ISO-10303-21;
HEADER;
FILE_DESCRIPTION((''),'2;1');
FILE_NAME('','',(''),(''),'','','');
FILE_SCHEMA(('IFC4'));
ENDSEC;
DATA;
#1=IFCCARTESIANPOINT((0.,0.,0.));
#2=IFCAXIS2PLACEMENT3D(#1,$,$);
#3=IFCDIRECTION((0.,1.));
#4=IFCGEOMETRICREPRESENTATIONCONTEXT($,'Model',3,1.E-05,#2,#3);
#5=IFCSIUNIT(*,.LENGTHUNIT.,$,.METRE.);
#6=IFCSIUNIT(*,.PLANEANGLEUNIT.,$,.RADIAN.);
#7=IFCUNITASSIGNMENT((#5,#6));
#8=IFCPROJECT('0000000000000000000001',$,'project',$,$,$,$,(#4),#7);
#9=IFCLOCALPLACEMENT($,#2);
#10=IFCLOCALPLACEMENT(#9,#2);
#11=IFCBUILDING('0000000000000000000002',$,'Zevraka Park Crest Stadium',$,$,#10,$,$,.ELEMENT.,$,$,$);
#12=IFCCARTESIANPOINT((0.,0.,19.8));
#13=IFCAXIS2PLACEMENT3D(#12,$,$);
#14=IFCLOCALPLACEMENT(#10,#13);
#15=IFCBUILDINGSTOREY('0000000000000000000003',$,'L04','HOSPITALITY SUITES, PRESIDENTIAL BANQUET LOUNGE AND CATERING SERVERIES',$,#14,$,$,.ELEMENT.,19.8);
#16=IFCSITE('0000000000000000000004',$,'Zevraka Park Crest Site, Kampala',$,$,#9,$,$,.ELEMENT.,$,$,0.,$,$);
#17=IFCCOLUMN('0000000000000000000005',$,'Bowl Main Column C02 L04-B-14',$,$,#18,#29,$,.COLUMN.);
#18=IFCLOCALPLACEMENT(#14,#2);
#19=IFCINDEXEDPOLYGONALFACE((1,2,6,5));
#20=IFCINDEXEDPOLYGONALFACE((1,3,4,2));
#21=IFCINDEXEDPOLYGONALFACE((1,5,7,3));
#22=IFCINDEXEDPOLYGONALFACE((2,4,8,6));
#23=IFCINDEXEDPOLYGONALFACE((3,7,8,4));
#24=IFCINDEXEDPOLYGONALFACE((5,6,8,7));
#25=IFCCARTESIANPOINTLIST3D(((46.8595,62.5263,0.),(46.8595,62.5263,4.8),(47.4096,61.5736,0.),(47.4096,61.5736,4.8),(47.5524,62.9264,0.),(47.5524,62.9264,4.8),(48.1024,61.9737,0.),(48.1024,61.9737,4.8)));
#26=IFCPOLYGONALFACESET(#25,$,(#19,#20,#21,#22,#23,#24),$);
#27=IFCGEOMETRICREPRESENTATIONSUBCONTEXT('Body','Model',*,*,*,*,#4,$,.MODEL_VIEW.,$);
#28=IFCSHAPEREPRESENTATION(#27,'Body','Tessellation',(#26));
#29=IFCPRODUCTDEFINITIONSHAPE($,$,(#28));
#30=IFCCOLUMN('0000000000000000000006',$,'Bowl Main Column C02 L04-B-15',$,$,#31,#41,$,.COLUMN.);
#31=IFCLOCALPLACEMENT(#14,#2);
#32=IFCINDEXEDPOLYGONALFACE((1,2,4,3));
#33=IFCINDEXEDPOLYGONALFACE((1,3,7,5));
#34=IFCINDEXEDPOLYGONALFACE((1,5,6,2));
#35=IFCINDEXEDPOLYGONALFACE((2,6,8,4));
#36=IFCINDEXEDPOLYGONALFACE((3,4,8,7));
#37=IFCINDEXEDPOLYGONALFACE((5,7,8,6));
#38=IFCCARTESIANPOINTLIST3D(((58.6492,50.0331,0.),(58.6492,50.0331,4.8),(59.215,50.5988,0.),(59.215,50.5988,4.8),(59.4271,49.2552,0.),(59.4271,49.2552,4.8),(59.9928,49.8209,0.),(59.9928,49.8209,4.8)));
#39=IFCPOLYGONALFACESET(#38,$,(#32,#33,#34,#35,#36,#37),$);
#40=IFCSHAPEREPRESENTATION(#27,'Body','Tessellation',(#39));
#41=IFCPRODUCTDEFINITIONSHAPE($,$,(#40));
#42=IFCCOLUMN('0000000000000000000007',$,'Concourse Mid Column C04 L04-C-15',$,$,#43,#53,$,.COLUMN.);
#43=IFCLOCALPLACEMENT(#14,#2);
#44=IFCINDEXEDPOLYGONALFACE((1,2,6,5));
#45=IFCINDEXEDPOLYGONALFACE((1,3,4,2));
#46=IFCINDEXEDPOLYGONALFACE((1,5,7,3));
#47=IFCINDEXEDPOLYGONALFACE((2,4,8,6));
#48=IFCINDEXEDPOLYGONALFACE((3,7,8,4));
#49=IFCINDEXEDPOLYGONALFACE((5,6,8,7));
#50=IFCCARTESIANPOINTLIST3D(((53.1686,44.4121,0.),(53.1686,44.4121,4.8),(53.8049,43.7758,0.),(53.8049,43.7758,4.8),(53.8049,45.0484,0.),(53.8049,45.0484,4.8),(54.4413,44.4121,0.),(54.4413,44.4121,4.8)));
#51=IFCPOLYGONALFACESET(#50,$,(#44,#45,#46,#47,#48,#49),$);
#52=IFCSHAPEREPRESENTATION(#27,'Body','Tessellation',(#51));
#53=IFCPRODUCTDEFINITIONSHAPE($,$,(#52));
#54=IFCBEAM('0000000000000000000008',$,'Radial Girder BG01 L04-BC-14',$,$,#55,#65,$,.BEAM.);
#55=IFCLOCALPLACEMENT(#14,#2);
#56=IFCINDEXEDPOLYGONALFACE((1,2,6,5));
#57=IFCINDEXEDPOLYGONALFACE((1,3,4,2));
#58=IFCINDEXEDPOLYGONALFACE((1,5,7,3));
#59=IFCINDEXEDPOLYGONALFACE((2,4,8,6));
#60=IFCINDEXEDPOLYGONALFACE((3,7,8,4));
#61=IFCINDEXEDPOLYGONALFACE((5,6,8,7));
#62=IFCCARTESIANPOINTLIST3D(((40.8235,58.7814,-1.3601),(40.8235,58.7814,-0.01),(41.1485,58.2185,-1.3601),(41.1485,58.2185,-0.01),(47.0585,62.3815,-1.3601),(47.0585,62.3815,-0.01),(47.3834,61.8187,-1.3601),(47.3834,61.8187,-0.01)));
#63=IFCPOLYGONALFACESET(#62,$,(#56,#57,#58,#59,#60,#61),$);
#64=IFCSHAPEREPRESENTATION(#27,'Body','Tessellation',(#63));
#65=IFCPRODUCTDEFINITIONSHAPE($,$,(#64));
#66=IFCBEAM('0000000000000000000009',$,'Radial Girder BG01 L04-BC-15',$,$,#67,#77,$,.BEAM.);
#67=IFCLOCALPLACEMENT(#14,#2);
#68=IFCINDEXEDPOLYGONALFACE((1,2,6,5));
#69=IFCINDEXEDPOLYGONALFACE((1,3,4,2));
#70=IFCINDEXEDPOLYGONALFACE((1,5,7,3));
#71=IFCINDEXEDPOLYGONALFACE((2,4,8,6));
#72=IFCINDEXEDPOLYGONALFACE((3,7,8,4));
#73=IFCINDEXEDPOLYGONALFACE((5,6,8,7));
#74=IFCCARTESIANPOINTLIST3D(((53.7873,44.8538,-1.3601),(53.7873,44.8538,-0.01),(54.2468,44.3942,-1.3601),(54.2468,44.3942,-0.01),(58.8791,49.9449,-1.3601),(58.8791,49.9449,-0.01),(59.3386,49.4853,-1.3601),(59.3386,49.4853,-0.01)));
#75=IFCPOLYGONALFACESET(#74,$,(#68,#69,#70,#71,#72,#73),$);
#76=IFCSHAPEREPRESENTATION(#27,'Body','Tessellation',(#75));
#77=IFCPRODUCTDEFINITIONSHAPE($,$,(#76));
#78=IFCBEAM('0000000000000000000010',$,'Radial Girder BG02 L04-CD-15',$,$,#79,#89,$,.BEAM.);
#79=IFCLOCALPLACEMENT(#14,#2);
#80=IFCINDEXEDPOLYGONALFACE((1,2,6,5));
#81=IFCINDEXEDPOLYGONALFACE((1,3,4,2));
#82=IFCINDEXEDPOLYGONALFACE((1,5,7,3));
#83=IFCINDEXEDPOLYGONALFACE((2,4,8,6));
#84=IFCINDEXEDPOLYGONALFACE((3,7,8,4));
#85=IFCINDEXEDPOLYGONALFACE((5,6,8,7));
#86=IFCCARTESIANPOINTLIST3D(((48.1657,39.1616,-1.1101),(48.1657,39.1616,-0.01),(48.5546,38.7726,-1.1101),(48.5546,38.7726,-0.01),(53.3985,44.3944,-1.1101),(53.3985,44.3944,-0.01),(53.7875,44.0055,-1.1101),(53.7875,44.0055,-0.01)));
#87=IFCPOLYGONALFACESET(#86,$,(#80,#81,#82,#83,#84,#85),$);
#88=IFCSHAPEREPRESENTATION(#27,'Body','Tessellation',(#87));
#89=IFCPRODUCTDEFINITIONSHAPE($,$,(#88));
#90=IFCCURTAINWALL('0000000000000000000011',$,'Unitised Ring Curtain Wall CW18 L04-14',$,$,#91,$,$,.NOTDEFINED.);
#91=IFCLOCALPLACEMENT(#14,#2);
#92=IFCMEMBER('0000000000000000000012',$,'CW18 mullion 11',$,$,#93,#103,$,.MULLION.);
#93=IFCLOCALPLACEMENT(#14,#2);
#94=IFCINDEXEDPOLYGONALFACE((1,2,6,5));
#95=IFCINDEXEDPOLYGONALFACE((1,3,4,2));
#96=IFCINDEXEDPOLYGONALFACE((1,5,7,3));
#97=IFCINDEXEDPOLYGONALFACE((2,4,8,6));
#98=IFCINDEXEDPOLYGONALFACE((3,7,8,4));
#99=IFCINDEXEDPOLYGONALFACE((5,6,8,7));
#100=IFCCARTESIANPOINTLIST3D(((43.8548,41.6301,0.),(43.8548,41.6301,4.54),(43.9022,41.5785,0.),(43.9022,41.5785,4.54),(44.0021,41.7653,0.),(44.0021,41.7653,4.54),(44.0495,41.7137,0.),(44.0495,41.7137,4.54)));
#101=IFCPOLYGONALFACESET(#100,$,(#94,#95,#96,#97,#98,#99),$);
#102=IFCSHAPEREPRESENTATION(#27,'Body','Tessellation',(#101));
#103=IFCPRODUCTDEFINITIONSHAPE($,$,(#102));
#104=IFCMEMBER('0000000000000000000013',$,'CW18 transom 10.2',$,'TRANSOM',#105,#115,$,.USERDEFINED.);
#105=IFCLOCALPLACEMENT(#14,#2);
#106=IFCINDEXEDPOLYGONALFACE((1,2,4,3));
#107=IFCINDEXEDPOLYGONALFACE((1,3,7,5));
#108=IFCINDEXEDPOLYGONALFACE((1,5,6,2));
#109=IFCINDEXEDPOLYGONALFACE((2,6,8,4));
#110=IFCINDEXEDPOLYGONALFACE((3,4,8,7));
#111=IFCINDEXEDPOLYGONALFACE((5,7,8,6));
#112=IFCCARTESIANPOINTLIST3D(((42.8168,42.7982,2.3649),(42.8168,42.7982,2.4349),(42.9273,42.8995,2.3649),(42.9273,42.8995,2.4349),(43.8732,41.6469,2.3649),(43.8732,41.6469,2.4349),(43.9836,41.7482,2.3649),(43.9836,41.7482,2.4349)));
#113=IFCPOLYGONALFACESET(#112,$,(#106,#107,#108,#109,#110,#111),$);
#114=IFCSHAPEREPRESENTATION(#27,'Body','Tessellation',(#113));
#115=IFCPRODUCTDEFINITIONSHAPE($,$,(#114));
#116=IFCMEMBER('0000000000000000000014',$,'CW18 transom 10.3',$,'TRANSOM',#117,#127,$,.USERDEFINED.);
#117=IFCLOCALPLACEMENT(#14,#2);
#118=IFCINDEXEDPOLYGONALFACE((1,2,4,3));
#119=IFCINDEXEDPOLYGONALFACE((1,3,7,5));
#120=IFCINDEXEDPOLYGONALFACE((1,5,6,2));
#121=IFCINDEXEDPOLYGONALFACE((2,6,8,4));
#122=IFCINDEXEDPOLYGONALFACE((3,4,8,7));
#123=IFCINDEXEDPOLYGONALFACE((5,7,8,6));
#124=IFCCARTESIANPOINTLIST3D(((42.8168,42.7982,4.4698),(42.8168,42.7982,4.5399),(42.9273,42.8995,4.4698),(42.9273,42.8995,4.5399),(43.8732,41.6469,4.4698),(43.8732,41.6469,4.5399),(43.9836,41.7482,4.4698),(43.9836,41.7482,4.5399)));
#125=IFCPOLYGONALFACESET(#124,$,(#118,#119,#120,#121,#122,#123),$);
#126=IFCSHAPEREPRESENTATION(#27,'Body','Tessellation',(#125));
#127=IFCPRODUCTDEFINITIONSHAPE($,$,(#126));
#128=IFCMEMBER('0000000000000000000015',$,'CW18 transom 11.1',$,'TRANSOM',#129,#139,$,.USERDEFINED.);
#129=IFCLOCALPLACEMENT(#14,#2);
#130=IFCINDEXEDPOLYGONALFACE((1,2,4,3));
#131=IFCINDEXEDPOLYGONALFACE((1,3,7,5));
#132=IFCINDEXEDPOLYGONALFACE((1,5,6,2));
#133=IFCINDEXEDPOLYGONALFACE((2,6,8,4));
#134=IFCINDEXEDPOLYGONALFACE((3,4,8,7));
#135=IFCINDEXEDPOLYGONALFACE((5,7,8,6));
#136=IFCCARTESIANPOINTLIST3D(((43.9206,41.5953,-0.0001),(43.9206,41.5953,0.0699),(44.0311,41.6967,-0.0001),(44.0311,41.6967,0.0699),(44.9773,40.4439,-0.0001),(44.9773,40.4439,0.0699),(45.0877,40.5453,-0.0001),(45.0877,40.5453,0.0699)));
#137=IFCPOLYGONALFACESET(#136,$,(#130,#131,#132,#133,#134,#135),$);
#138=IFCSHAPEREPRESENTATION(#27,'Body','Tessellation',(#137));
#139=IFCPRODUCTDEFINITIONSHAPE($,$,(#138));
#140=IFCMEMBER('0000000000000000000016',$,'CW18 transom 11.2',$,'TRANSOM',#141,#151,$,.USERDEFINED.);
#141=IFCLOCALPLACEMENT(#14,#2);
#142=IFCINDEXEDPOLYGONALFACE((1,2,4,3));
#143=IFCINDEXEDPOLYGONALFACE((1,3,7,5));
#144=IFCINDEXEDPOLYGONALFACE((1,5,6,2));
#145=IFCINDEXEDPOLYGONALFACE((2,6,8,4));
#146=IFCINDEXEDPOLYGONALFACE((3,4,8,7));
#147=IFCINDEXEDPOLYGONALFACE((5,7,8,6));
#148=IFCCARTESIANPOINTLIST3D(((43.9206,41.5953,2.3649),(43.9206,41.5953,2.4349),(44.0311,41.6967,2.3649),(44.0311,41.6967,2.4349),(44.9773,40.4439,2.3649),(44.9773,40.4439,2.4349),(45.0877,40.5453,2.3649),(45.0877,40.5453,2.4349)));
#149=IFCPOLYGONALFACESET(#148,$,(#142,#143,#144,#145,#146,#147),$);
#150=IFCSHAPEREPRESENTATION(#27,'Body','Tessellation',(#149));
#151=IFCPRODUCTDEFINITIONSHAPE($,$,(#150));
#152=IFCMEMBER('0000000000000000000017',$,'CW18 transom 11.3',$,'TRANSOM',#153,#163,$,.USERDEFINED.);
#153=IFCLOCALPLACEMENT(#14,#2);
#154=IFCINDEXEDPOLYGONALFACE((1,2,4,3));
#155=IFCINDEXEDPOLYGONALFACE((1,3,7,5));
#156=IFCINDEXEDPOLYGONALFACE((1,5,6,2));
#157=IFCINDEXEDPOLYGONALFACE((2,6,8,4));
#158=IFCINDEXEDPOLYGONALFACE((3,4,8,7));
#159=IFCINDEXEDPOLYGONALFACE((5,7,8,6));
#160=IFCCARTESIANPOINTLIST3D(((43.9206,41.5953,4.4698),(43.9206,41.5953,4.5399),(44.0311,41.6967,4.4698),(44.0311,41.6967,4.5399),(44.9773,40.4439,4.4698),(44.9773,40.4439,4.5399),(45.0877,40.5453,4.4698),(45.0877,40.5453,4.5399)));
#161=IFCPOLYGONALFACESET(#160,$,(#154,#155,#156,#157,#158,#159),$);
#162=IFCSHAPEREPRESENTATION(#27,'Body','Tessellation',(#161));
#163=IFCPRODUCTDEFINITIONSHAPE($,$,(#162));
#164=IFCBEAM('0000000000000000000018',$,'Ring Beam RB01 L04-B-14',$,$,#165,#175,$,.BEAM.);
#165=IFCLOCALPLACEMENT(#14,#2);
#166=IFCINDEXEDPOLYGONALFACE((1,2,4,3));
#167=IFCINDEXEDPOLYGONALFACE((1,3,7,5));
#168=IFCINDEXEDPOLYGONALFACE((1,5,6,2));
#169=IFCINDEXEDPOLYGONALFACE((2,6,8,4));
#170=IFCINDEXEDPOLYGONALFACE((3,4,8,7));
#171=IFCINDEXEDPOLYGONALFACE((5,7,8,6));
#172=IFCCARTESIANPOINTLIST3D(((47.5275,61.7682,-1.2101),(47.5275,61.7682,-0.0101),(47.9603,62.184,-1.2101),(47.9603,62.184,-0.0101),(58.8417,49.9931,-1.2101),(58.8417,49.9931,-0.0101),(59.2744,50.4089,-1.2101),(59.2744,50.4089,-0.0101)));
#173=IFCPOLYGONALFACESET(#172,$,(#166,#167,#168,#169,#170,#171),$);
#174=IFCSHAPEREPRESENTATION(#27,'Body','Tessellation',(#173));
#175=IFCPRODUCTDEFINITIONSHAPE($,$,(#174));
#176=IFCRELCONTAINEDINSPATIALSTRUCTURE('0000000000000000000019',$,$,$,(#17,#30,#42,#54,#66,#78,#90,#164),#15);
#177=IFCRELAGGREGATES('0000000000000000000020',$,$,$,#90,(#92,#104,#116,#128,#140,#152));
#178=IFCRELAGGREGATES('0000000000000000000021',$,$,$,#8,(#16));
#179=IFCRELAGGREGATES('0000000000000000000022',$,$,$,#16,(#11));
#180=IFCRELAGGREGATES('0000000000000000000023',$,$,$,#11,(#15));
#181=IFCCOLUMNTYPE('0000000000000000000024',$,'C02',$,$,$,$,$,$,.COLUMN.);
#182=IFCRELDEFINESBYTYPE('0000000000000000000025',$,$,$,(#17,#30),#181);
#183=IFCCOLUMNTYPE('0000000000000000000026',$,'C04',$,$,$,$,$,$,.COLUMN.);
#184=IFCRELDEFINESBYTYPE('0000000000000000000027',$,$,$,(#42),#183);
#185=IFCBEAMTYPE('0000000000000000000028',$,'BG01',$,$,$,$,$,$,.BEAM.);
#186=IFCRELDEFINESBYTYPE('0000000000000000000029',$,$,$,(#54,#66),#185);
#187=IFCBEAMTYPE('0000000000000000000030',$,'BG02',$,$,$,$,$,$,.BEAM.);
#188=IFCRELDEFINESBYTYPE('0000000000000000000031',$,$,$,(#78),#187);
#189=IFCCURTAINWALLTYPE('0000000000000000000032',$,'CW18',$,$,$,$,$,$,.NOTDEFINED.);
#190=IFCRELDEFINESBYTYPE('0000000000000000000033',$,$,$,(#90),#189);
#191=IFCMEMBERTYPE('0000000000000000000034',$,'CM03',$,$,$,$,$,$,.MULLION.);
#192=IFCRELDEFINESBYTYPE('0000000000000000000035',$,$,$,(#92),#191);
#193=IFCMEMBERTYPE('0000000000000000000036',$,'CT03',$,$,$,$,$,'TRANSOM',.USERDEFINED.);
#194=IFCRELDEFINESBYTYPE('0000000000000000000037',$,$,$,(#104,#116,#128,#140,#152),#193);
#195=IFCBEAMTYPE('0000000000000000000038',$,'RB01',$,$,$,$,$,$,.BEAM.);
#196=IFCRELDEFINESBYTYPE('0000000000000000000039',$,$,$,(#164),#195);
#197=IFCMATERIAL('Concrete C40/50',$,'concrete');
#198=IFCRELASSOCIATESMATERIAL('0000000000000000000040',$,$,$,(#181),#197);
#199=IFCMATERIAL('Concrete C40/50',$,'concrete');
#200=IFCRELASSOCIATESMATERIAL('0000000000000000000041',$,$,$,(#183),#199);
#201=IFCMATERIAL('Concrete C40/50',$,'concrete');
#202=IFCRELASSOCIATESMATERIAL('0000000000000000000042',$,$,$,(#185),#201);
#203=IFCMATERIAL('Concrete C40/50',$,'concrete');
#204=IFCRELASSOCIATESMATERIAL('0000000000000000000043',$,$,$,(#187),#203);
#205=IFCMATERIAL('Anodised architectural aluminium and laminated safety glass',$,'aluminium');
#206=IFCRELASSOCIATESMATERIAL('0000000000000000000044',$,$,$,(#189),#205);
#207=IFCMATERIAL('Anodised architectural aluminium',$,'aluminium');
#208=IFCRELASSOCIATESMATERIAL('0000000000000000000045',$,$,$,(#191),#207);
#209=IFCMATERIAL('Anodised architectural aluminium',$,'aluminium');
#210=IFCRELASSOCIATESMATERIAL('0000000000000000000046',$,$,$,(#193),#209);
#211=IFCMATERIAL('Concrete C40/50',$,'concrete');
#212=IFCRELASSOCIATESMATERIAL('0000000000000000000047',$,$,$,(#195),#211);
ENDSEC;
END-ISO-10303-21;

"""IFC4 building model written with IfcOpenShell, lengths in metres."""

from ifc_helpers import new_model, si_unit, direction, frame, origin, origin_2d, place, context, subcontext, project, spatial, rectangle, extrude, material, material_profile, profile_set, type_object, element, aggregate, save


model = new_model("IFC4")

# Units and contexts
model_context = context("Model", 3, precision=1e-05, world=origin(), true_north=direction((0.0, 1.0)))
body_context = subcontext(model_context, "Body", "Model", "MODEL_VIEW")
ifc_project = project(units=[si_unit("LENGTHUNIT", "METRE"), si_unit("PLANEANGLEUNIT", "RADIAN")], contexts=[model_context])

# Site, building, storey
site_placement = place(None, origin())
site = spatial("IfcSite", under=ifc_project, at=site_placement, Name="Zevraka Park Crest Site, Kampala", CompositionType="ELEMENT", RefElevation=0.0)
building_placement = place(site_placement, origin())
building = spatial("IfcBuilding", under=site, at=building_placement, Name="Zevraka Park Crest Stadium", CompositionType="ELEMENT")
storey_placement = place(building_placement, frame((0.0, 0.0, 19.8)))
storey = spatial("IfcBuildingStorey", under=building, at=storey_placement, Name="L04", Description="HOSPITALITY SUITES, PRESIDENTIAL BANQUET LOUNGE AND CATERING SERVERIES", CompositionType="ELEMENT", Elevation=19.8)

# Columns
ifc_material_1 = material(Name="Concrete C40/50", Category="concrete")
ifc_material_profile_1 = material_profile(ifc_material_1, rectangle(XDim=0.8, YDim=1.1001, at=origin_2d()), Name="RC 1100x800")
ifc_profile_set_1 = profile_set([ifc_material_profile_1], Name="Concrete C40/50")
column_type_1 = type_object("IfcColumnType", Name="C02", PredefinedType="COLUMN", material=ifc_profile_set_1)
for number, where, z_axis, x_axis, name in (
    (1, (47.481, 62.25, 0.0), (0.0, 0.0, 1.0), (0.866025, 0.5, 0.0), "Bowl Main Column C02 L04-B-14"),
    (2, (59.321, 49.927, 0.0), (0.0, 0.0, 1.0), (0.707107, 0.707107, 0.0), "Bowl Main Column C02 L04-B-15"),
):
    element("IfcColumn", number, at=place(storey_placement, frame(where, z_axis=z_axis, x_axis=x_axis)), inside=storey, type_object=column_type_1, Name=name, PredefinedType="COLUMN", context=body_context, shape_type="SweptSolid", body=[
        extrude(rectangle(XDim=0.8, YDim=1.1001, at=origin_2d()), origin(), (0.0, 0.0, 1.0), 4.8),
    ])
ifc_material_2 = material(Name="Concrete C40/50", Category="concrete")
ifc_material_profile_2 = material_profile(ifc_material_2, rectangle(XDim=0.8999, YDim=0.8999, at=origin_2d()), Name="RC 900x900")
ifc_profile_set_2 = profile_set([ifc_material_profile_2], Name="Concrete C40/50")
column_type_2 = type_object("IfcColumnType", Name="C04", PredefinedType="COLUMN", material=ifc_profile_set_2)
column_placement = place(storey_placement, frame((53.8049, 44.4121, 0.0), z_axis=(0.0, 0.0, 1.0), x_axis=(0.707107, 0.707107, 0.0)))
element("IfcColumn", 3, at=column_placement, inside=storey, type_object=column_type_2, Name="Concourse Mid Column C04 L04-C-15", PredefinedType="COLUMN", context=body_context, shape_type="SweptSolid", body=[
    extrude(rectangle(XDim=0.8999, YDim=0.8999, at=origin_2d()), origin(), (0.0, 0.0, 1.0), 4.8),
])

# Beams
ifc_material_3 = material(Name="Concrete C40/50", Category="concrete")
ifc_material_profile_3 = material_profile(ifc_material_3, rectangle(XDim=0.6499, YDim=1.3501, at=origin_2d()), Name="RC 1350x650")
ifc_profile_set_3 = profile_set([ifc_material_profile_3], Name="Concrete C40/50")
beam_type_1 = type_object("IfcBeamType", Name="BG01", PredefinedType="BEAM", material=ifc_profile_set_3)
beam_1_placement = place(storey_placement, frame((47.2209, 62.1001, -0.6851), z_axis=(-0.866001, -0.500041, 0.0), x_axis=(0.500041, -0.866001, 0.0)))
element("IfcBeam", 4, at=beam_1_placement, inside=storey, type_object=beam_type_1, Name="Radial Girder BG01 L04-BC-14", PredefinedType="BEAM", context=body_context, shape_type="SweptSolid", body=[
    extrude(rectangle(XDim=0.6499, YDim=1.3501, at=origin_2d()), origin(), (0.0, 0.0, 1.0), 7.1997),
])
beam_2_placement = place(storey_placement, frame((59.1089, 49.7151, -0.6851), z_axis=(-0.707158, -0.707056, 0.0), x_axis=(0.707056, -0.707158, 0.0)))
element("IfcBeam", 5, at=beam_2_placement, inside=storey, type_object=beam_type_1, Name="Radial Girder BG01 L04-BC-15", PredefinedType="BEAM", context=body_context, shape_type="SweptSolid", body=[
    extrude(rectangle(XDim=0.6499, YDim=1.3501, at=origin_2d()), origin(), (0.0, 0.0, 1.0), 7.2004),
])
ifc_material_4 = material(Name="Concrete C40/50", Category="concrete")
ifc_material_profile_4 = material_profile(ifc_material_4, rectangle(XDim=0.55, YDim=1.1001, at=origin_2d()), Name="RC 1100x550")
ifc_profile_set_4 = profile_set([ifc_material_profile_4], Name="Concrete C40/50")
beam_type_2 = type_object("IfcBeamType", Name="BG02", PredefinedType="BEAM", material=ifc_profile_set_4)
beam_3_placement = place(storey_placement, frame((53.593, 44.2, -0.5601), z_axis=(-0.707107, -0.707107, 0.0), x_axis=(0.707107, -0.707107, 0.0)))
element("IfcBeam", 6, at=beam_3_placement, inside=storey, type_object=beam_type_2, Name="Radial Girder BG02 L04-CD-15", PredefinedType="BEAM", context=body_context, shape_type="SweptSolid", body=[
    extrude(rectangle(XDim=0.55, YDim=1.1001, at=origin_2d()), origin(), (0.0, 0.0, 1.0), 7.4004),
])

# Curtain wall, members
ifc_material_5 = material(Name="Anodised architectural aluminium and laminated safety glass", Category="aluminium")
curtain_wall_type = type_object("IfcCurtainWallType", Name="CW18", PredefinedType="NOTDEFINED", material=ifc_material_5)
curtain_wall_placement = place(storey_placement, origin())
curtain_wall = element("IfcCurtainWall", 7, at=curtain_wall_placement, inside=storey, type_object=curtain_wall_type, Name="Unitised Ring Curtain Wall CW18 L04-14", PredefinedType="NOTDEFINED")
ifc_material_6 = material(Name="Anodised architectural aluminium", Category="aluminium")
ifc_material_profile_5 = material_profile(ifc_material_6, rectangle(XDim=0.2, YDim=0.0701, at=origin_2d()), Name="ALU MULLION 200x70")
ifc_profile_set_5 = profile_set([ifc_material_profile_5], Name="Anodised architectural aluminium")
member_type_1 = type_object("IfcMemberType", Name="CM03", PredefinedType="MULLION", material=ifc_profile_set_5)
member_1_placement = place(storey_placement, frame((43.9521, 41.6719, 0.0), z_axis=(0.0, 0.0, 1.0), x_axis=(0.736775, 0.676138, 0.0)))
member_1 = element("IfcMember", 8, at=member_1_placement, type_object=member_type_1, Name="CW18 mullion 11", PredefinedType="MULLION", context=body_context, shape_type="SweptSolid", body=[
    extrude(rectangle(XDim=0.2, YDim=0.0701, at=origin_2d()), origin(), (0.0, 0.0, 1.0), 4.54),
])
ifc_material_7 = material(Name="Anodised architectural aluminium", Category="aluminium")
ifc_material_profile_6 = material_profile(ifc_material_7, rectangle(XDim=0.1499, YDim=0.0701, at=origin_2d()), Name="ALU TRANSOM 150x70")
ifc_profile_set_6 = profile_set([ifc_material_profile_6], Name="Anodised architectural aluminium")
member_type_2 = type_object("IfcMemberType", Name="CT03", ElementType="TRANSOM", PredefinedType="USERDEFINED", material=ifc_profile_set_6)
member_2_placement = place(storey_placement, frame((42.8721, 42.8489, 2.3999), z_axis=(0.676064, -0.736843, 0.0), x_axis=(0.736843, 0.676064, 0.0)))
member_2 = element("IfcMember", 9, at=member_2_placement, type_object=member_type_2, Name="CW18 transom 10.2", ObjectType="TRANSOM", PredefinedType="USERDEFINED", context=body_context, shape_type="SweptSolid", body=[
    extrude(rectangle(XDim=0.1499, YDim=0.0701, at=origin_2d()), origin(), (0.0, 0.0, 1.0), 1.5625),
])
member_3_placement = place(storey_placement, frame((42.8721, 42.8489, 4.5049), z_axis=(0.676064, -0.736843, 0.0), x_axis=(0.736843, 0.676064, 0.0)))
member_3 = element("IfcMember", 10, at=member_3_placement, type_object=member_type_2, Name="CW18 transom 10.3", ObjectType="TRANSOM", PredefinedType="USERDEFINED", context=body_context, shape_type="SweptSolid", body=[
    extrude(rectangle(XDim=0.1499, YDim=0.0701, at=origin_2d()), origin(), (0.0, 0.0, 1.0), 1.5625),
])
member_4_placement = place(storey_placement, frame((43.9758, 41.646, 0.0349), z_axis=(0.676149, -0.736765, 0.0), x_axis=(0.736765, 0.676149, 0.0)))
member_4 = element("IfcMember", 11, at=member_4_placement, type_object=member_type_2, Name="CW18 transom 11.1", ObjectType="TRANSOM", PredefinedType="USERDEFINED", context=body_context, shape_type="SweptSolid", body=[
    extrude(rectangle(XDim=0.1499, YDim=0.0701, at=origin_2d()), origin(), (0.0, 0.0, 1.0), 1.5627),
])
member_5_placement = place(storey_placement, frame((43.9758, 41.646, 2.3999), z_axis=(0.676149, -0.736765, 0.0), x_axis=(0.736765, 0.676149, 0.0)))
member_5 = element("IfcMember", 12, at=member_5_placement, type_object=member_type_2, Name="CW18 transom 11.2", ObjectType="TRANSOM", PredefinedType="USERDEFINED", context=body_context, shape_type="SweptSolid", body=[
    extrude(rectangle(XDim=0.1499, YDim=0.0701, at=origin_2d()), origin(), (0.0, 0.0, 1.0), 1.5627),
])
member_6_placement = place(storey_placement, frame((43.9758, 41.646, 4.5049), z_axis=(0.676149, -0.736765, 0.0), x_axis=(0.736765, 0.676149, 0.0)))
member_6 = element("IfcMember", 13, at=member_6_placement, type_object=member_type_2, Name="CW18 transom 11.3", ObjectType="TRANSOM", PredefinedType="USERDEFINED", context=body_context, shape_type="SweptSolid", body=[
    extrude(rectangle(XDim=0.1499, YDim=0.0701, at=origin_2d()), origin(), (0.0, 0.0, 1.0), 1.5627),
])

# Beam
ifc_material_8 = material(Name="Concrete C40/50", Category="concrete")
ifc_material_profile_7 = material_profile(ifc_material_8, rectangle(XDim=0.6001, YDim=1.2, at=origin_2d()), Name="RC 1200x600")
ifc_profile_set_7 = profile_set([ifc_material_profile_7], Name="Concrete C40/50")
beam_type_3 = type_object("IfcBeamType", Name="RB01", PredefinedType="BEAM", material=ifc_profile_set_7)
beam_4_placement = place(storey_placement, frame((47.7439, 61.9761, -0.6101), z_axis=(0.692853, -0.721079, 0.0), x_axis=(0.721079, 0.692853, 0.0)))
element("IfcBeam", 14, at=beam_4_placement, inside=storey, type_object=beam_type_3, Name="Ring Beam RB01 L04-B-14", PredefinedType="BEAM", context=body_context, shape_type="SweptSolid", body=[
    extrude(rectangle(XDim=0.6001, YDim=1.2, at=origin_2d()), origin(), (0.0, 0.0, 1.0), 16.3298),
])

aggregate(curtain_wall, [member_1, member_2, member_3, member_4, member_5, member_6])

save(model, "model.ifc")
